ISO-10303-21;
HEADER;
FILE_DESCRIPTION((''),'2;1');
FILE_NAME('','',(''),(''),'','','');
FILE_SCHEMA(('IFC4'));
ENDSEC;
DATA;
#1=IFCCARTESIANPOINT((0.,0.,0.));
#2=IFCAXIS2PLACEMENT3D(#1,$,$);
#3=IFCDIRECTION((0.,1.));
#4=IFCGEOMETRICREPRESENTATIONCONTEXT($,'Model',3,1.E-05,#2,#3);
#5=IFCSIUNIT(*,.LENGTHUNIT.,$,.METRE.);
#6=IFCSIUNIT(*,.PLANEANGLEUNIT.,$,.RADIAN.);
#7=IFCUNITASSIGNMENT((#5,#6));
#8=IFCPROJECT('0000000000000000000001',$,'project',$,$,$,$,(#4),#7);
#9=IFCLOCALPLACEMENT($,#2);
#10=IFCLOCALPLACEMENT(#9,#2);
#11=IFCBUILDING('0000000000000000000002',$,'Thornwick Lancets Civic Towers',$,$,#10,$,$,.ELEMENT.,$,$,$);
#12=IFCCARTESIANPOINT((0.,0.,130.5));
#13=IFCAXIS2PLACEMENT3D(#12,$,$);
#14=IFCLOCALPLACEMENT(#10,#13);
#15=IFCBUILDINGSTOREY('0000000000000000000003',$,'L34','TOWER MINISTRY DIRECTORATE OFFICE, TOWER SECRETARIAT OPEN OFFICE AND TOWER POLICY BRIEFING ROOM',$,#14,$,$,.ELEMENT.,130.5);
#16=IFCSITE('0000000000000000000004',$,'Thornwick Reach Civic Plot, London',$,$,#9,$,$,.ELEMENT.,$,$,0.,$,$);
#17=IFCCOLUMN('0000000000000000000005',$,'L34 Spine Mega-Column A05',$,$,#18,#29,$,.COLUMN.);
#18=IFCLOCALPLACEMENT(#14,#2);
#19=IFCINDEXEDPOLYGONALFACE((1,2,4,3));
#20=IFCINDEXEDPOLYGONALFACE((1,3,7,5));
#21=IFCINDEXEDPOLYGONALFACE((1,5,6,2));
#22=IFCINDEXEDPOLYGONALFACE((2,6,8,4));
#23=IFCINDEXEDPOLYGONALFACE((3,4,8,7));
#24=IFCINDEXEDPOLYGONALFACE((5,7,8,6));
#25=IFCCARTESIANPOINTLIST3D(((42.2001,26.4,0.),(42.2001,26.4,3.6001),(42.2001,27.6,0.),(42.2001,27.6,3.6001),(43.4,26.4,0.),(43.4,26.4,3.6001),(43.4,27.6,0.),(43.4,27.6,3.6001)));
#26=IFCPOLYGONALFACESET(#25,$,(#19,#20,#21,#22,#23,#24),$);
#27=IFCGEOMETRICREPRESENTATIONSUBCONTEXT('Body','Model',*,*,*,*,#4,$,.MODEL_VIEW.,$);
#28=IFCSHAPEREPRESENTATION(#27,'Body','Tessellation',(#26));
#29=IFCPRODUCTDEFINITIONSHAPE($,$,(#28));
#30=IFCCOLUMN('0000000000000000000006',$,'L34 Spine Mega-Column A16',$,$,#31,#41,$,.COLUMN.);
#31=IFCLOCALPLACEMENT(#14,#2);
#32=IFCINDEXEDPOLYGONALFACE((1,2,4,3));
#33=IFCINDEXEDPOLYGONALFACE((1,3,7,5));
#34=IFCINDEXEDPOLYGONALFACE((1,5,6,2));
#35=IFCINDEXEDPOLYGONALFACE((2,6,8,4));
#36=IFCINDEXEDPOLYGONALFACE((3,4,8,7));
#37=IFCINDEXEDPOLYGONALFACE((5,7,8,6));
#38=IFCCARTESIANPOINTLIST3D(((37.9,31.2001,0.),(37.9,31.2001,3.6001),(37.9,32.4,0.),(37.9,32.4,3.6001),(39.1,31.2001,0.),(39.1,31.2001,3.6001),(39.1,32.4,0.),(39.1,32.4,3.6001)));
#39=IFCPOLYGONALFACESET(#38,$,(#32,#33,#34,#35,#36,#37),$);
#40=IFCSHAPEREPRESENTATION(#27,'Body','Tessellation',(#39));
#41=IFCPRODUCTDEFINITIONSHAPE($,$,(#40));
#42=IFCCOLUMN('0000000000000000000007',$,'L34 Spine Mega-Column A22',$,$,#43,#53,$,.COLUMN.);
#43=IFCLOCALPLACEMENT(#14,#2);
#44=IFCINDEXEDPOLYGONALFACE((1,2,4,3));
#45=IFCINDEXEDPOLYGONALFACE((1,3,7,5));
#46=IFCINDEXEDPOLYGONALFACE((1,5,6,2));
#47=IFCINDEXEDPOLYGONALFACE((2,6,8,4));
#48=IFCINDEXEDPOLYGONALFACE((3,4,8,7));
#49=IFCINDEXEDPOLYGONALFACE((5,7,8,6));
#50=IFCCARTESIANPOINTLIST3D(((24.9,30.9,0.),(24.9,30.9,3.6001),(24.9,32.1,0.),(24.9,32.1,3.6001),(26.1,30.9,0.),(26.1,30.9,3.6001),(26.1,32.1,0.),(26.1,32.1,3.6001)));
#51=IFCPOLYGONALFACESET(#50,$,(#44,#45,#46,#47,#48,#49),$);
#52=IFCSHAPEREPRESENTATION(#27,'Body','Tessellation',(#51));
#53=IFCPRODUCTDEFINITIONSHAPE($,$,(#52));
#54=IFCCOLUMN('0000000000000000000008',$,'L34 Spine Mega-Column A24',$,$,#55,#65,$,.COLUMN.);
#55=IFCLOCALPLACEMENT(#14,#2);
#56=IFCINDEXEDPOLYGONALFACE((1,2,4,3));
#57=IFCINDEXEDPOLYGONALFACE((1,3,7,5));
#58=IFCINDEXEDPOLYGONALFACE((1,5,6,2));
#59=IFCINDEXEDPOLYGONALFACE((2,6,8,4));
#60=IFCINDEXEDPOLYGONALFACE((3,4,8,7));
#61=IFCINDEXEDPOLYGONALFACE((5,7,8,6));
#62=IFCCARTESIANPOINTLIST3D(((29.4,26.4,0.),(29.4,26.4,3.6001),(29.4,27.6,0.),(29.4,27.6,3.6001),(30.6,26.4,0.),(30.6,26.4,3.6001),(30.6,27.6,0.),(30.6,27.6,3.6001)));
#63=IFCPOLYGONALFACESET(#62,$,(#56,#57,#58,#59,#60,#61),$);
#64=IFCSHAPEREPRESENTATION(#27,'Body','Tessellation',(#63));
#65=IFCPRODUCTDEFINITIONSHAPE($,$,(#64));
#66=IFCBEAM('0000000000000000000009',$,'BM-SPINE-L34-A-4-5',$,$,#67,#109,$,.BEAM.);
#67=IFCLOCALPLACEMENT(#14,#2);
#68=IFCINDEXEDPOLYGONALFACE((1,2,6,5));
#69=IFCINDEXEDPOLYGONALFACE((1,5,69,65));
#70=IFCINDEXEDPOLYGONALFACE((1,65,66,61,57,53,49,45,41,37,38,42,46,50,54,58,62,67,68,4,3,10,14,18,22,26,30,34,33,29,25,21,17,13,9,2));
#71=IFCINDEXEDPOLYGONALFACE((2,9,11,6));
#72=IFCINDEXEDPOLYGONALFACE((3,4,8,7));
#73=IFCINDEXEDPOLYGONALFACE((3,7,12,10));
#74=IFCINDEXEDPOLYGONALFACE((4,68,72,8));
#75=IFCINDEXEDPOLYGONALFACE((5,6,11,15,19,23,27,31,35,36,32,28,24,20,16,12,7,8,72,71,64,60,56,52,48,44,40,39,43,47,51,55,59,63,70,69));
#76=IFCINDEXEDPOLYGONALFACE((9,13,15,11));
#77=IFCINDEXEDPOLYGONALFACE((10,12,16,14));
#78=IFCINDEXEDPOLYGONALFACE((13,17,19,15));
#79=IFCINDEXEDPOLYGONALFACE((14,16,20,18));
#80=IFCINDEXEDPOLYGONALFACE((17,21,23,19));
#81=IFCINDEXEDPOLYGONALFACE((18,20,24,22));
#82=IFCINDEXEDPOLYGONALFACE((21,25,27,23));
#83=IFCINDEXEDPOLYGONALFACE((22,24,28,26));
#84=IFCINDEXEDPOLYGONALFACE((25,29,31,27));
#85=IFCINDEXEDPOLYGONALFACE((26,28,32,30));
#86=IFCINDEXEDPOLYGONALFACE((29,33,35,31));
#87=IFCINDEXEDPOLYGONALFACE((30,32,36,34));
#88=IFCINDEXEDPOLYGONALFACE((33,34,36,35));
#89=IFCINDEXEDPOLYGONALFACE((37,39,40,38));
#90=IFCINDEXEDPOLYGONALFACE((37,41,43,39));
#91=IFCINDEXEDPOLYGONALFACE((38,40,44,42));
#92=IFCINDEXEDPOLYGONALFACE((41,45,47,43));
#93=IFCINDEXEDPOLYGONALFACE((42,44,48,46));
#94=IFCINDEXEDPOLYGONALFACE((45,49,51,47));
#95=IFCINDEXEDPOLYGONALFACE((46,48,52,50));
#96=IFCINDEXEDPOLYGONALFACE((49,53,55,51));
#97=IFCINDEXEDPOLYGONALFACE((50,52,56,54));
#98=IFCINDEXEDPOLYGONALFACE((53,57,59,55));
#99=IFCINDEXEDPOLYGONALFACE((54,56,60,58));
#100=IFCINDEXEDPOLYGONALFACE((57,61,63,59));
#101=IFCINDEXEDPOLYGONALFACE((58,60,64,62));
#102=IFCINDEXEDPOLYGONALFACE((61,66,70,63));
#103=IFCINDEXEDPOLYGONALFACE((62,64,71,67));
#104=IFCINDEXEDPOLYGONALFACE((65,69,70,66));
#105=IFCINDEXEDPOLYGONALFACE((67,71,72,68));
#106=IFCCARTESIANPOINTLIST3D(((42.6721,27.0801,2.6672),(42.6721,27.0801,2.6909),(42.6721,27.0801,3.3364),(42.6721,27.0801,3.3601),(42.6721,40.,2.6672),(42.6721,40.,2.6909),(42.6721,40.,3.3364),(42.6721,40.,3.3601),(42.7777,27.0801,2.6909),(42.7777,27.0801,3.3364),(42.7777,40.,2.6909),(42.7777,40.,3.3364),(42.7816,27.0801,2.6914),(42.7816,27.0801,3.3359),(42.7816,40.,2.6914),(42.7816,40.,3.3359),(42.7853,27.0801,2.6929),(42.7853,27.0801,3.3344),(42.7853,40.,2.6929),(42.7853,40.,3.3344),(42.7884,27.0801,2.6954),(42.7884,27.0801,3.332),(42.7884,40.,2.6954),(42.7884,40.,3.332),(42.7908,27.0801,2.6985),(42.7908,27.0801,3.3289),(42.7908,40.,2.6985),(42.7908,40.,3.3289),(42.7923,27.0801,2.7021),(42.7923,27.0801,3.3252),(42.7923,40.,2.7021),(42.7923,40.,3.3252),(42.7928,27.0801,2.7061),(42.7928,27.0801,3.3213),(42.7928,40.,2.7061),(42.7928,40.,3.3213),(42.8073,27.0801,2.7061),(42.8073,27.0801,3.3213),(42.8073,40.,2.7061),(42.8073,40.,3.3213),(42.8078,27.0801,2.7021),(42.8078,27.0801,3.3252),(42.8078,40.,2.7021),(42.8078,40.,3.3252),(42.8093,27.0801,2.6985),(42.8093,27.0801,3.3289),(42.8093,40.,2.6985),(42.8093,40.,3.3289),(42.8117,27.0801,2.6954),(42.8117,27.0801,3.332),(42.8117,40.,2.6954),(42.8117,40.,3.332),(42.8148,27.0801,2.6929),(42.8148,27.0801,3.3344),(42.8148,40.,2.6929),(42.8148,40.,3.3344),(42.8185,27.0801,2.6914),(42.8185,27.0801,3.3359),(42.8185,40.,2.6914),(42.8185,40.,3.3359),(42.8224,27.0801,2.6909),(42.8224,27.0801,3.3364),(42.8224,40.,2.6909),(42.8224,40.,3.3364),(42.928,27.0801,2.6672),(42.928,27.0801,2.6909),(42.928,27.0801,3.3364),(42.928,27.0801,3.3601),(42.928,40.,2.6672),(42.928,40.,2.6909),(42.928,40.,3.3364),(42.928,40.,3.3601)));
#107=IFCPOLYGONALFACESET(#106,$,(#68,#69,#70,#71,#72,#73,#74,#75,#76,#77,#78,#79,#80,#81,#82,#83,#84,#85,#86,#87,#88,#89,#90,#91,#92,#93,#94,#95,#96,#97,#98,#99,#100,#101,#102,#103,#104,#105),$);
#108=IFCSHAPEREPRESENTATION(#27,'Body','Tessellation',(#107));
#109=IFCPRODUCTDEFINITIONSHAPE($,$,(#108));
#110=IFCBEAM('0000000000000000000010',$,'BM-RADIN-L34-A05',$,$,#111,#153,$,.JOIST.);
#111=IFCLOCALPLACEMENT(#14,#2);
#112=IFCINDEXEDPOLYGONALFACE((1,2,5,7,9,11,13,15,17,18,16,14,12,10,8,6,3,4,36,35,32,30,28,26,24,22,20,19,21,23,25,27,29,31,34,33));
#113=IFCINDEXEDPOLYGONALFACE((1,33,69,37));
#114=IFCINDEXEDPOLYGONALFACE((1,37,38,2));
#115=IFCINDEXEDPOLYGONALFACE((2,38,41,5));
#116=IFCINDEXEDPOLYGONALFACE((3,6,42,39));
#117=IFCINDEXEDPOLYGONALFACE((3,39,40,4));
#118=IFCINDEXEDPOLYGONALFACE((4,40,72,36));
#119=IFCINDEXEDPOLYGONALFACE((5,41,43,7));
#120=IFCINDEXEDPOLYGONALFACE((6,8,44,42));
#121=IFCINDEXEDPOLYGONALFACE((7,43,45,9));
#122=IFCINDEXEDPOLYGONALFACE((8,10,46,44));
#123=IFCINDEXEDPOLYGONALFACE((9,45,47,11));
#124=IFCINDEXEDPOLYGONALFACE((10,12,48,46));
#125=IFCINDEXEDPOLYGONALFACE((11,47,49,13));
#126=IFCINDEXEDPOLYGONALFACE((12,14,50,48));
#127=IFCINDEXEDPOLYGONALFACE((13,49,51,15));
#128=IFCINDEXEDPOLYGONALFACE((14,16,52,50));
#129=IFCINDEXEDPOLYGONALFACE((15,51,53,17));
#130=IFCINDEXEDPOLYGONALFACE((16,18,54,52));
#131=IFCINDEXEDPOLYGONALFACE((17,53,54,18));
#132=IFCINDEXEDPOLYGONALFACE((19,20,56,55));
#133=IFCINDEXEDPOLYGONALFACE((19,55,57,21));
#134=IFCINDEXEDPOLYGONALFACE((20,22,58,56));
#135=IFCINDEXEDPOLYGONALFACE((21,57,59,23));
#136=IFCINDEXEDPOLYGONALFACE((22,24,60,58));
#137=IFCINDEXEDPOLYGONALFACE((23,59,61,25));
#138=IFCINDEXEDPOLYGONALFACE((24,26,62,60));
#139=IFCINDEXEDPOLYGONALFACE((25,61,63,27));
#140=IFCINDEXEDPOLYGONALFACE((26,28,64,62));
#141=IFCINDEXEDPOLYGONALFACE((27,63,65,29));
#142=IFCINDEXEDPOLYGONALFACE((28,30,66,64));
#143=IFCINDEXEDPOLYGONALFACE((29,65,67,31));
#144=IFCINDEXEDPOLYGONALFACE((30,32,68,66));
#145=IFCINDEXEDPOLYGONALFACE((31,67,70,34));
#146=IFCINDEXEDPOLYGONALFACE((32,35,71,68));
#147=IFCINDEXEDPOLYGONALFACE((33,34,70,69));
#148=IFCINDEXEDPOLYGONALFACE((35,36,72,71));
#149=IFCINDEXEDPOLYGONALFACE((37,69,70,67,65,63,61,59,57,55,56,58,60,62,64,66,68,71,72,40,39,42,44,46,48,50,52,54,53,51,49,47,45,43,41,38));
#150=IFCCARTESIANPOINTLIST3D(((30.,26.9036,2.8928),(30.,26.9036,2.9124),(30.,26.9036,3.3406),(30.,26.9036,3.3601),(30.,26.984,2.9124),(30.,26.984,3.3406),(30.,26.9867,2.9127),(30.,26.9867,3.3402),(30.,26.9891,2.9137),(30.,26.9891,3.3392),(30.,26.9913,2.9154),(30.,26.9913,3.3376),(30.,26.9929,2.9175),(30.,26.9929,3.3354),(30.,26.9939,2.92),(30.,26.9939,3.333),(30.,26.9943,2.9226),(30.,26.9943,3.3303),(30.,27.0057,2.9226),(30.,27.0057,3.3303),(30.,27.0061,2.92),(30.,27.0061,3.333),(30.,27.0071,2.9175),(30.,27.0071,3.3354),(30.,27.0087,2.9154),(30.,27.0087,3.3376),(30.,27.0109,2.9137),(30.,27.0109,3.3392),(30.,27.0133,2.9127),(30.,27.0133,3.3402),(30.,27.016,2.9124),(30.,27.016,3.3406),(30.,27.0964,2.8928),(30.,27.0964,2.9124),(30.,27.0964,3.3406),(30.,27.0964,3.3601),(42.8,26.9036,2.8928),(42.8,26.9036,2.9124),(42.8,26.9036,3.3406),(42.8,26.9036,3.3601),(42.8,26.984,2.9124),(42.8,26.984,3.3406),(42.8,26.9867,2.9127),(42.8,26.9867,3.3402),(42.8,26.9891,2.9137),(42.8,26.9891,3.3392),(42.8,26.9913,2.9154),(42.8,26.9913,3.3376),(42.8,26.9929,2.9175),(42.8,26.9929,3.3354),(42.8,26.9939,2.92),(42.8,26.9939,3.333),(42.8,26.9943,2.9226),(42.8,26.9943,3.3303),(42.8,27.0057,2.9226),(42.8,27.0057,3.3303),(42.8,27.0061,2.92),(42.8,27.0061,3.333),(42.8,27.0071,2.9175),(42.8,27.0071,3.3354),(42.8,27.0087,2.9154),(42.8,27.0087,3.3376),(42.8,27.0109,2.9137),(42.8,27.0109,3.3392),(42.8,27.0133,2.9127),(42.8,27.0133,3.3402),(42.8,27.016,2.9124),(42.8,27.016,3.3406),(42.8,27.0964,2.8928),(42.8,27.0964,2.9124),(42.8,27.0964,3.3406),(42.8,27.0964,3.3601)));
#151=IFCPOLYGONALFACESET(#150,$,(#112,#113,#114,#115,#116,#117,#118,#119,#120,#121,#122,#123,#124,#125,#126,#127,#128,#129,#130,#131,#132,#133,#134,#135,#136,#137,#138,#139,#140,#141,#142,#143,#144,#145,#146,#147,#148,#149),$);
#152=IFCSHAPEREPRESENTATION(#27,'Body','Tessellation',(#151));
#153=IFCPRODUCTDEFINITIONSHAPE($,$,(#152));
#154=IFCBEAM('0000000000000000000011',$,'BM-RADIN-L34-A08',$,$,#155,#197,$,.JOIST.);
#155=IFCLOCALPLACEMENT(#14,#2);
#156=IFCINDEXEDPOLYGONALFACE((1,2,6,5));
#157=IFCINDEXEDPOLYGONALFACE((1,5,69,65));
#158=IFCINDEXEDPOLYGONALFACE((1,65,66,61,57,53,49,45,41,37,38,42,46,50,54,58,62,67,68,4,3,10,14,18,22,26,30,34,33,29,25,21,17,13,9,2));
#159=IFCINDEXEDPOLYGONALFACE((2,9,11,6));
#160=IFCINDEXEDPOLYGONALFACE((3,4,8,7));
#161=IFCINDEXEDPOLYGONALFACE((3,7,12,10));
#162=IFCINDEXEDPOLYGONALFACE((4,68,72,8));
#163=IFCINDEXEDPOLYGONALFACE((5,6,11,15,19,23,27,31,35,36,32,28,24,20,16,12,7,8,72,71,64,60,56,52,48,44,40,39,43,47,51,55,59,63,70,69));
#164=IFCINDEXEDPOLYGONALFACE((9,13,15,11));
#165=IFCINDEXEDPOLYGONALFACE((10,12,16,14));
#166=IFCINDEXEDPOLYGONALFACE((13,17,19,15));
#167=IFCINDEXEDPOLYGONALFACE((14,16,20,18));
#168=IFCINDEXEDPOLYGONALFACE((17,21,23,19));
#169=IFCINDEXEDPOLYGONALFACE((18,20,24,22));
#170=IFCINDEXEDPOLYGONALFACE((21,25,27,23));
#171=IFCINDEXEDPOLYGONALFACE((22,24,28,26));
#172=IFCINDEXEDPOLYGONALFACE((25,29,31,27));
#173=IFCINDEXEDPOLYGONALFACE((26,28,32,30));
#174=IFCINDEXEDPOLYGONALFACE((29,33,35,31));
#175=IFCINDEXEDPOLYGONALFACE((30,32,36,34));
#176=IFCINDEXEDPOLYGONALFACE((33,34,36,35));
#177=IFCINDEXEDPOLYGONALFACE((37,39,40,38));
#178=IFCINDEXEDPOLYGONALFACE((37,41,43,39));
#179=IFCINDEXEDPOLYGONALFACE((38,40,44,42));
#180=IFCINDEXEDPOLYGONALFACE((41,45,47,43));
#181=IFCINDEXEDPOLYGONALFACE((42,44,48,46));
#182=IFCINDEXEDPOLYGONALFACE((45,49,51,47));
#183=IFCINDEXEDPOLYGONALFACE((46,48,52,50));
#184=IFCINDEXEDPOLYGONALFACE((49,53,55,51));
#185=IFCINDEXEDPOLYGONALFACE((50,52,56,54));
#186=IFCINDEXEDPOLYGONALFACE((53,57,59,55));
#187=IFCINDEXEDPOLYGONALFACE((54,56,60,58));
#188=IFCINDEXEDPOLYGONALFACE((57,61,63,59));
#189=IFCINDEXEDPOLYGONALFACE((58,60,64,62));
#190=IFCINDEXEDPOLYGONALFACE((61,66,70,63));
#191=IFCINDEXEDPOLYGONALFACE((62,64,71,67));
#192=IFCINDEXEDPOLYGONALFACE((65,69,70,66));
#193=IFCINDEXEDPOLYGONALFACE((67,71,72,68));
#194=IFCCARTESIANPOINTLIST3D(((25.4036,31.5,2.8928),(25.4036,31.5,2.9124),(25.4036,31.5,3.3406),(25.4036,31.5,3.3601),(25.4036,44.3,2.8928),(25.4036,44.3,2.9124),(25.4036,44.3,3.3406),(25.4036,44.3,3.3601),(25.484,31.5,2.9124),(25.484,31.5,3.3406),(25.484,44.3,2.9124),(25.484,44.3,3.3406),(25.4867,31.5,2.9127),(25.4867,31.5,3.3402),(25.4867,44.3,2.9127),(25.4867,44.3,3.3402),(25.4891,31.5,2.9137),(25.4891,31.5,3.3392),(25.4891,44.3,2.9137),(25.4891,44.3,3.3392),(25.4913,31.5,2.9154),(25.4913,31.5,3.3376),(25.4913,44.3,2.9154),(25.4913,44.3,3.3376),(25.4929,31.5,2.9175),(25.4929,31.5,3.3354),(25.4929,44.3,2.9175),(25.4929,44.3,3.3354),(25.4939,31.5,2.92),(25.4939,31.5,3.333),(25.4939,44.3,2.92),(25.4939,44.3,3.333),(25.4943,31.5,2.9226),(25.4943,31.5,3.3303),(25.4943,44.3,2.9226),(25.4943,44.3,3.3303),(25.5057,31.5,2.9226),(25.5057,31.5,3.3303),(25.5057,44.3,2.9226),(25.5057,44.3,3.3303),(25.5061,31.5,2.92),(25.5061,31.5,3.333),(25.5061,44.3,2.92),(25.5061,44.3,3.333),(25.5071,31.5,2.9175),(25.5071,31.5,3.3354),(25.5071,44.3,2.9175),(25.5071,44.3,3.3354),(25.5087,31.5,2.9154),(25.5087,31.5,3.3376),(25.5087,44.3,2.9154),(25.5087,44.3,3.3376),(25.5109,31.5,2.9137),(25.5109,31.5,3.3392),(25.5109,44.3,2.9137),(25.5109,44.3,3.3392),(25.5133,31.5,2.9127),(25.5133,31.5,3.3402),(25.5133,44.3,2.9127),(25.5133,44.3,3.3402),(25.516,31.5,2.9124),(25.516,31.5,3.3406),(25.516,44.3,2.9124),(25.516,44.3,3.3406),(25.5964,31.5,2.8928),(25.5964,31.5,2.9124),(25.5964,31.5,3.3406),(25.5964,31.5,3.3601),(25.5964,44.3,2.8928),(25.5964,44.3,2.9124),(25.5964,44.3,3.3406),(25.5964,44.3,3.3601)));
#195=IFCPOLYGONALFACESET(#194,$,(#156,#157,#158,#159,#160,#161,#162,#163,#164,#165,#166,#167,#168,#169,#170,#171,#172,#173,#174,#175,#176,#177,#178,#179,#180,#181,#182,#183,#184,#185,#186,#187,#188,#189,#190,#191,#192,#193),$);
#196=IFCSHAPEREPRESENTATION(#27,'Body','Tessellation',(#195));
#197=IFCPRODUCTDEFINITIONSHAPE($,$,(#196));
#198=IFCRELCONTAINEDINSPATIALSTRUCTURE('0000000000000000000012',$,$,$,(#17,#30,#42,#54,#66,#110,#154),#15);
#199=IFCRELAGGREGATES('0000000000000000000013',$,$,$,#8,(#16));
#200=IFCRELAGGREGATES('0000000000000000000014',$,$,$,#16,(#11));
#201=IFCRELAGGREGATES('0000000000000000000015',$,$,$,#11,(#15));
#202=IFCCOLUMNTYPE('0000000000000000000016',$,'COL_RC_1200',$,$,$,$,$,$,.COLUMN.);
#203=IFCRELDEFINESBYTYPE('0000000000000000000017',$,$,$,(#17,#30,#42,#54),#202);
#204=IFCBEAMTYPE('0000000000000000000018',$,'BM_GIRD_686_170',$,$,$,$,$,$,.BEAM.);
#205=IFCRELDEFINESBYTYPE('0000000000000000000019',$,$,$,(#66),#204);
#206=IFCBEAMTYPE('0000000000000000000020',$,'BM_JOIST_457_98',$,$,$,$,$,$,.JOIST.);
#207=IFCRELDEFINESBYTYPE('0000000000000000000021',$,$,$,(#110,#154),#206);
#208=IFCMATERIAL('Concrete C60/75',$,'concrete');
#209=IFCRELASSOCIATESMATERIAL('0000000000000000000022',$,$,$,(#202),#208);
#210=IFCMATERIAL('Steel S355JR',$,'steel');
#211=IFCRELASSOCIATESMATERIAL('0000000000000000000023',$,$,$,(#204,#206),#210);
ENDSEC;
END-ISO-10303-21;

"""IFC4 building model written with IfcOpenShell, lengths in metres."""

from ifc_helpers import new_model, si_unit, direction, frame, origin, origin_2d, place, context, subcontext, project, spatial, rectangle, i_section, extrude, material, material_profile, profile_set, type_object, element, save


model = new_model("IFC4")

# Units and contexts
model_context = context("Model", 3, precision=1e-05, world=origin(), true_north=direction((0.0, 1.0)))
body_context = subcontext(model_context, "Body", "Model", "MODEL_VIEW")
ifc_project = project(units=[si_unit("LENGTHUNIT", "METRE"), si_unit("PLANEANGLEUNIT", "RADIAN")], contexts=[model_context])

# Site, building, storey
site_placement = place(None, origin())
site = spatial("IfcSite", under=ifc_project, at=site_placement, Name="Thornwick Reach Civic Plot, London", CompositionType="ELEMENT", RefElevation=0.0)
building_placement = place(site_placement, origin())
building = spatial("IfcBuilding", under=site, at=building_placement, Name="Thornwick Lancets Civic Towers", CompositionType="ELEMENT")
storey_placement = place(building_placement, frame((0.0, 0.0, 130.5)))
storey = spatial("IfcBuildingStorey", under=building, at=storey_placement, Name="L34", Description="TOWER MINISTRY DIRECTORATE OFFICE, TOWER SECRETARIAT OPEN OFFICE AND TOWER POLICY BRIEFING ROOM", CompositionType="ELEMENT", Elevation=130.5)

# Columns
ifc_material_1 = material(Name="Concrete C60/75", Category="concrete")
ifc_material_profile_1 = material_profile(ifc_material_1, rectangle(XDim=1.2, YDim=1.2, at=origin_2d()), Name="RC 1200x1200")
ifc_profile_set_1 = profile_set([ifc_material_profile_1], Name="Concrete C60/75")
column_type = type_object("IfcColumnType", Name="COL_RC_1200", PredefinedType="COLUMN", material=ifc_profile_set_1)
for number, where, z_axis, x_axis, name in (
    (1, (42.8, 27.0, 0.0), (0.0, 0.0, 1.0), (1.0, 0.0, 0.0), "L34 Spine Mega-Column A05"),
    (2, (38.5, 31.8, 0.0), (0.0, 0.0, 1.0), (1.0, 0.0, 0.0), "L34 Spine Mega-Column A16"),
    (3, (25.5, 31.5, 0.0), (0.0, 0.0, 1.0), (1.0, 0.0, 0.0), "L34 Spine Mega-Column A22"),
    (4, (30.0, 27.0, 0.0), (0.0, 0.0, 1.0), (1.0, 0.0, 0.0), "L34 Spine Mega-Column A24"),
):
    element("IfcColumn", number, at=place(storey_placement, frame(where, z_axis=z_axis, x_axis=x_axis)), inside=storey, type_object=column_type, Name=name, PredefinedType="COLUMN", context=body_context, shape_type="SweptSolid", body=[
        extrude(rectangle(XDim=1.2, YDim=1.2, at=origin_2d()), origin(), (0.0, 0.0, 1.0), 3.6001),
    ])

# Beams
ifc_material_2 = material(Name="Steel S355JR", Category="steel")
ifc_material_profile_2 = material_profile(ifc_material_2, i_section(OverallWidth=0.2559, OverallDepth=0.6929, WebThickness=0.0144, FlangeThickness=0.0237, FilletRadius=0.0151, at=origin_2d()), Name="UKB 686x254x170")
ifc_profile_set_2 = profile_set([ifc_material_profile_2], Name="Steel S355JR")
beam_type_1 = type_object("IfcBeamType", Name="BM_GIRD_686_170", PredefinedType="BEAM", material=ifc_profile_set_2)
beam_1_placement = place(storey_placement, frame((42.8, 27.0801, 3.0137), z_axis=(0.0, 1.0, 0.0), x_axis=(-1.0, 0.0, 0.0)))
element("IfcBeam", 5, at=beam_1_placement, inside=storey, type_object=beam_type_1, Name="BM-SPINE-L34-A-4-5", PredefinedType="BEAM", context=body_context, shape_type="SweptSolid", body=[
    extrude(i_section(OverallWidth=0.2559, OverallDepth=0.6929, WebThickness=0.0144, FlangeThickness=0.0237, FilletRadius=0.0151, at=origin_2d()), origin(), (0.0, 0.0, 1.0), 12.9199),
])
ifc_material_profile_3 = material_profile(ifc_material_2, i_section(OverallWidth=0.1929, OverallDepth=0.4673, WebThickness=0.0115, FlangeThickness=0.0195, FilletRadius=0.0103, at=origin_2d()), Name="UKB 457x191x98")
ifc_profile_set_3 = profile_set([ifc_material_profile_3], Name="Steel S355JR")
beam_type_2 = type_object("IfcBeamType", Name="BM_JOIST_457_98", PredefinedType="JOIST", material=ifc_profile_set_3)
for number, where, z_axis, x_axis, name in (
    (6, (30.0, 27.0, 3.1265), (1.0, 0.0, 0.0), (0.0, 1.0, 0.0), "BM-RADIN-L34-A05"),
    (7, (25.5, 31.5, 3.1265), (0.0, 1.0, 0.0), (-1.0, 0.0, 0.0), "BM-RADIN-L34-A08"),
):
    element("IfcBeam", number, at=place(storey_placement, frame(where, z_axis=z_axis, x_axis=x_axis)), inside=storey, type_object=beam_type_2, Name=name, PredefinedType="JOIST", context=body_context, shape_type="SweptSolid", body=[
        extrude(i_section(OverallWidth=0.1929, OverallDepth=0.4673, WebThickness=0.0115, FlangeThickness=0.0195, FilletRadius=0.0103, at=origin_2d()), origin(), (0.0, 0.0, 1.0), 12.8),
    ])

save(model, "model.ifc")
